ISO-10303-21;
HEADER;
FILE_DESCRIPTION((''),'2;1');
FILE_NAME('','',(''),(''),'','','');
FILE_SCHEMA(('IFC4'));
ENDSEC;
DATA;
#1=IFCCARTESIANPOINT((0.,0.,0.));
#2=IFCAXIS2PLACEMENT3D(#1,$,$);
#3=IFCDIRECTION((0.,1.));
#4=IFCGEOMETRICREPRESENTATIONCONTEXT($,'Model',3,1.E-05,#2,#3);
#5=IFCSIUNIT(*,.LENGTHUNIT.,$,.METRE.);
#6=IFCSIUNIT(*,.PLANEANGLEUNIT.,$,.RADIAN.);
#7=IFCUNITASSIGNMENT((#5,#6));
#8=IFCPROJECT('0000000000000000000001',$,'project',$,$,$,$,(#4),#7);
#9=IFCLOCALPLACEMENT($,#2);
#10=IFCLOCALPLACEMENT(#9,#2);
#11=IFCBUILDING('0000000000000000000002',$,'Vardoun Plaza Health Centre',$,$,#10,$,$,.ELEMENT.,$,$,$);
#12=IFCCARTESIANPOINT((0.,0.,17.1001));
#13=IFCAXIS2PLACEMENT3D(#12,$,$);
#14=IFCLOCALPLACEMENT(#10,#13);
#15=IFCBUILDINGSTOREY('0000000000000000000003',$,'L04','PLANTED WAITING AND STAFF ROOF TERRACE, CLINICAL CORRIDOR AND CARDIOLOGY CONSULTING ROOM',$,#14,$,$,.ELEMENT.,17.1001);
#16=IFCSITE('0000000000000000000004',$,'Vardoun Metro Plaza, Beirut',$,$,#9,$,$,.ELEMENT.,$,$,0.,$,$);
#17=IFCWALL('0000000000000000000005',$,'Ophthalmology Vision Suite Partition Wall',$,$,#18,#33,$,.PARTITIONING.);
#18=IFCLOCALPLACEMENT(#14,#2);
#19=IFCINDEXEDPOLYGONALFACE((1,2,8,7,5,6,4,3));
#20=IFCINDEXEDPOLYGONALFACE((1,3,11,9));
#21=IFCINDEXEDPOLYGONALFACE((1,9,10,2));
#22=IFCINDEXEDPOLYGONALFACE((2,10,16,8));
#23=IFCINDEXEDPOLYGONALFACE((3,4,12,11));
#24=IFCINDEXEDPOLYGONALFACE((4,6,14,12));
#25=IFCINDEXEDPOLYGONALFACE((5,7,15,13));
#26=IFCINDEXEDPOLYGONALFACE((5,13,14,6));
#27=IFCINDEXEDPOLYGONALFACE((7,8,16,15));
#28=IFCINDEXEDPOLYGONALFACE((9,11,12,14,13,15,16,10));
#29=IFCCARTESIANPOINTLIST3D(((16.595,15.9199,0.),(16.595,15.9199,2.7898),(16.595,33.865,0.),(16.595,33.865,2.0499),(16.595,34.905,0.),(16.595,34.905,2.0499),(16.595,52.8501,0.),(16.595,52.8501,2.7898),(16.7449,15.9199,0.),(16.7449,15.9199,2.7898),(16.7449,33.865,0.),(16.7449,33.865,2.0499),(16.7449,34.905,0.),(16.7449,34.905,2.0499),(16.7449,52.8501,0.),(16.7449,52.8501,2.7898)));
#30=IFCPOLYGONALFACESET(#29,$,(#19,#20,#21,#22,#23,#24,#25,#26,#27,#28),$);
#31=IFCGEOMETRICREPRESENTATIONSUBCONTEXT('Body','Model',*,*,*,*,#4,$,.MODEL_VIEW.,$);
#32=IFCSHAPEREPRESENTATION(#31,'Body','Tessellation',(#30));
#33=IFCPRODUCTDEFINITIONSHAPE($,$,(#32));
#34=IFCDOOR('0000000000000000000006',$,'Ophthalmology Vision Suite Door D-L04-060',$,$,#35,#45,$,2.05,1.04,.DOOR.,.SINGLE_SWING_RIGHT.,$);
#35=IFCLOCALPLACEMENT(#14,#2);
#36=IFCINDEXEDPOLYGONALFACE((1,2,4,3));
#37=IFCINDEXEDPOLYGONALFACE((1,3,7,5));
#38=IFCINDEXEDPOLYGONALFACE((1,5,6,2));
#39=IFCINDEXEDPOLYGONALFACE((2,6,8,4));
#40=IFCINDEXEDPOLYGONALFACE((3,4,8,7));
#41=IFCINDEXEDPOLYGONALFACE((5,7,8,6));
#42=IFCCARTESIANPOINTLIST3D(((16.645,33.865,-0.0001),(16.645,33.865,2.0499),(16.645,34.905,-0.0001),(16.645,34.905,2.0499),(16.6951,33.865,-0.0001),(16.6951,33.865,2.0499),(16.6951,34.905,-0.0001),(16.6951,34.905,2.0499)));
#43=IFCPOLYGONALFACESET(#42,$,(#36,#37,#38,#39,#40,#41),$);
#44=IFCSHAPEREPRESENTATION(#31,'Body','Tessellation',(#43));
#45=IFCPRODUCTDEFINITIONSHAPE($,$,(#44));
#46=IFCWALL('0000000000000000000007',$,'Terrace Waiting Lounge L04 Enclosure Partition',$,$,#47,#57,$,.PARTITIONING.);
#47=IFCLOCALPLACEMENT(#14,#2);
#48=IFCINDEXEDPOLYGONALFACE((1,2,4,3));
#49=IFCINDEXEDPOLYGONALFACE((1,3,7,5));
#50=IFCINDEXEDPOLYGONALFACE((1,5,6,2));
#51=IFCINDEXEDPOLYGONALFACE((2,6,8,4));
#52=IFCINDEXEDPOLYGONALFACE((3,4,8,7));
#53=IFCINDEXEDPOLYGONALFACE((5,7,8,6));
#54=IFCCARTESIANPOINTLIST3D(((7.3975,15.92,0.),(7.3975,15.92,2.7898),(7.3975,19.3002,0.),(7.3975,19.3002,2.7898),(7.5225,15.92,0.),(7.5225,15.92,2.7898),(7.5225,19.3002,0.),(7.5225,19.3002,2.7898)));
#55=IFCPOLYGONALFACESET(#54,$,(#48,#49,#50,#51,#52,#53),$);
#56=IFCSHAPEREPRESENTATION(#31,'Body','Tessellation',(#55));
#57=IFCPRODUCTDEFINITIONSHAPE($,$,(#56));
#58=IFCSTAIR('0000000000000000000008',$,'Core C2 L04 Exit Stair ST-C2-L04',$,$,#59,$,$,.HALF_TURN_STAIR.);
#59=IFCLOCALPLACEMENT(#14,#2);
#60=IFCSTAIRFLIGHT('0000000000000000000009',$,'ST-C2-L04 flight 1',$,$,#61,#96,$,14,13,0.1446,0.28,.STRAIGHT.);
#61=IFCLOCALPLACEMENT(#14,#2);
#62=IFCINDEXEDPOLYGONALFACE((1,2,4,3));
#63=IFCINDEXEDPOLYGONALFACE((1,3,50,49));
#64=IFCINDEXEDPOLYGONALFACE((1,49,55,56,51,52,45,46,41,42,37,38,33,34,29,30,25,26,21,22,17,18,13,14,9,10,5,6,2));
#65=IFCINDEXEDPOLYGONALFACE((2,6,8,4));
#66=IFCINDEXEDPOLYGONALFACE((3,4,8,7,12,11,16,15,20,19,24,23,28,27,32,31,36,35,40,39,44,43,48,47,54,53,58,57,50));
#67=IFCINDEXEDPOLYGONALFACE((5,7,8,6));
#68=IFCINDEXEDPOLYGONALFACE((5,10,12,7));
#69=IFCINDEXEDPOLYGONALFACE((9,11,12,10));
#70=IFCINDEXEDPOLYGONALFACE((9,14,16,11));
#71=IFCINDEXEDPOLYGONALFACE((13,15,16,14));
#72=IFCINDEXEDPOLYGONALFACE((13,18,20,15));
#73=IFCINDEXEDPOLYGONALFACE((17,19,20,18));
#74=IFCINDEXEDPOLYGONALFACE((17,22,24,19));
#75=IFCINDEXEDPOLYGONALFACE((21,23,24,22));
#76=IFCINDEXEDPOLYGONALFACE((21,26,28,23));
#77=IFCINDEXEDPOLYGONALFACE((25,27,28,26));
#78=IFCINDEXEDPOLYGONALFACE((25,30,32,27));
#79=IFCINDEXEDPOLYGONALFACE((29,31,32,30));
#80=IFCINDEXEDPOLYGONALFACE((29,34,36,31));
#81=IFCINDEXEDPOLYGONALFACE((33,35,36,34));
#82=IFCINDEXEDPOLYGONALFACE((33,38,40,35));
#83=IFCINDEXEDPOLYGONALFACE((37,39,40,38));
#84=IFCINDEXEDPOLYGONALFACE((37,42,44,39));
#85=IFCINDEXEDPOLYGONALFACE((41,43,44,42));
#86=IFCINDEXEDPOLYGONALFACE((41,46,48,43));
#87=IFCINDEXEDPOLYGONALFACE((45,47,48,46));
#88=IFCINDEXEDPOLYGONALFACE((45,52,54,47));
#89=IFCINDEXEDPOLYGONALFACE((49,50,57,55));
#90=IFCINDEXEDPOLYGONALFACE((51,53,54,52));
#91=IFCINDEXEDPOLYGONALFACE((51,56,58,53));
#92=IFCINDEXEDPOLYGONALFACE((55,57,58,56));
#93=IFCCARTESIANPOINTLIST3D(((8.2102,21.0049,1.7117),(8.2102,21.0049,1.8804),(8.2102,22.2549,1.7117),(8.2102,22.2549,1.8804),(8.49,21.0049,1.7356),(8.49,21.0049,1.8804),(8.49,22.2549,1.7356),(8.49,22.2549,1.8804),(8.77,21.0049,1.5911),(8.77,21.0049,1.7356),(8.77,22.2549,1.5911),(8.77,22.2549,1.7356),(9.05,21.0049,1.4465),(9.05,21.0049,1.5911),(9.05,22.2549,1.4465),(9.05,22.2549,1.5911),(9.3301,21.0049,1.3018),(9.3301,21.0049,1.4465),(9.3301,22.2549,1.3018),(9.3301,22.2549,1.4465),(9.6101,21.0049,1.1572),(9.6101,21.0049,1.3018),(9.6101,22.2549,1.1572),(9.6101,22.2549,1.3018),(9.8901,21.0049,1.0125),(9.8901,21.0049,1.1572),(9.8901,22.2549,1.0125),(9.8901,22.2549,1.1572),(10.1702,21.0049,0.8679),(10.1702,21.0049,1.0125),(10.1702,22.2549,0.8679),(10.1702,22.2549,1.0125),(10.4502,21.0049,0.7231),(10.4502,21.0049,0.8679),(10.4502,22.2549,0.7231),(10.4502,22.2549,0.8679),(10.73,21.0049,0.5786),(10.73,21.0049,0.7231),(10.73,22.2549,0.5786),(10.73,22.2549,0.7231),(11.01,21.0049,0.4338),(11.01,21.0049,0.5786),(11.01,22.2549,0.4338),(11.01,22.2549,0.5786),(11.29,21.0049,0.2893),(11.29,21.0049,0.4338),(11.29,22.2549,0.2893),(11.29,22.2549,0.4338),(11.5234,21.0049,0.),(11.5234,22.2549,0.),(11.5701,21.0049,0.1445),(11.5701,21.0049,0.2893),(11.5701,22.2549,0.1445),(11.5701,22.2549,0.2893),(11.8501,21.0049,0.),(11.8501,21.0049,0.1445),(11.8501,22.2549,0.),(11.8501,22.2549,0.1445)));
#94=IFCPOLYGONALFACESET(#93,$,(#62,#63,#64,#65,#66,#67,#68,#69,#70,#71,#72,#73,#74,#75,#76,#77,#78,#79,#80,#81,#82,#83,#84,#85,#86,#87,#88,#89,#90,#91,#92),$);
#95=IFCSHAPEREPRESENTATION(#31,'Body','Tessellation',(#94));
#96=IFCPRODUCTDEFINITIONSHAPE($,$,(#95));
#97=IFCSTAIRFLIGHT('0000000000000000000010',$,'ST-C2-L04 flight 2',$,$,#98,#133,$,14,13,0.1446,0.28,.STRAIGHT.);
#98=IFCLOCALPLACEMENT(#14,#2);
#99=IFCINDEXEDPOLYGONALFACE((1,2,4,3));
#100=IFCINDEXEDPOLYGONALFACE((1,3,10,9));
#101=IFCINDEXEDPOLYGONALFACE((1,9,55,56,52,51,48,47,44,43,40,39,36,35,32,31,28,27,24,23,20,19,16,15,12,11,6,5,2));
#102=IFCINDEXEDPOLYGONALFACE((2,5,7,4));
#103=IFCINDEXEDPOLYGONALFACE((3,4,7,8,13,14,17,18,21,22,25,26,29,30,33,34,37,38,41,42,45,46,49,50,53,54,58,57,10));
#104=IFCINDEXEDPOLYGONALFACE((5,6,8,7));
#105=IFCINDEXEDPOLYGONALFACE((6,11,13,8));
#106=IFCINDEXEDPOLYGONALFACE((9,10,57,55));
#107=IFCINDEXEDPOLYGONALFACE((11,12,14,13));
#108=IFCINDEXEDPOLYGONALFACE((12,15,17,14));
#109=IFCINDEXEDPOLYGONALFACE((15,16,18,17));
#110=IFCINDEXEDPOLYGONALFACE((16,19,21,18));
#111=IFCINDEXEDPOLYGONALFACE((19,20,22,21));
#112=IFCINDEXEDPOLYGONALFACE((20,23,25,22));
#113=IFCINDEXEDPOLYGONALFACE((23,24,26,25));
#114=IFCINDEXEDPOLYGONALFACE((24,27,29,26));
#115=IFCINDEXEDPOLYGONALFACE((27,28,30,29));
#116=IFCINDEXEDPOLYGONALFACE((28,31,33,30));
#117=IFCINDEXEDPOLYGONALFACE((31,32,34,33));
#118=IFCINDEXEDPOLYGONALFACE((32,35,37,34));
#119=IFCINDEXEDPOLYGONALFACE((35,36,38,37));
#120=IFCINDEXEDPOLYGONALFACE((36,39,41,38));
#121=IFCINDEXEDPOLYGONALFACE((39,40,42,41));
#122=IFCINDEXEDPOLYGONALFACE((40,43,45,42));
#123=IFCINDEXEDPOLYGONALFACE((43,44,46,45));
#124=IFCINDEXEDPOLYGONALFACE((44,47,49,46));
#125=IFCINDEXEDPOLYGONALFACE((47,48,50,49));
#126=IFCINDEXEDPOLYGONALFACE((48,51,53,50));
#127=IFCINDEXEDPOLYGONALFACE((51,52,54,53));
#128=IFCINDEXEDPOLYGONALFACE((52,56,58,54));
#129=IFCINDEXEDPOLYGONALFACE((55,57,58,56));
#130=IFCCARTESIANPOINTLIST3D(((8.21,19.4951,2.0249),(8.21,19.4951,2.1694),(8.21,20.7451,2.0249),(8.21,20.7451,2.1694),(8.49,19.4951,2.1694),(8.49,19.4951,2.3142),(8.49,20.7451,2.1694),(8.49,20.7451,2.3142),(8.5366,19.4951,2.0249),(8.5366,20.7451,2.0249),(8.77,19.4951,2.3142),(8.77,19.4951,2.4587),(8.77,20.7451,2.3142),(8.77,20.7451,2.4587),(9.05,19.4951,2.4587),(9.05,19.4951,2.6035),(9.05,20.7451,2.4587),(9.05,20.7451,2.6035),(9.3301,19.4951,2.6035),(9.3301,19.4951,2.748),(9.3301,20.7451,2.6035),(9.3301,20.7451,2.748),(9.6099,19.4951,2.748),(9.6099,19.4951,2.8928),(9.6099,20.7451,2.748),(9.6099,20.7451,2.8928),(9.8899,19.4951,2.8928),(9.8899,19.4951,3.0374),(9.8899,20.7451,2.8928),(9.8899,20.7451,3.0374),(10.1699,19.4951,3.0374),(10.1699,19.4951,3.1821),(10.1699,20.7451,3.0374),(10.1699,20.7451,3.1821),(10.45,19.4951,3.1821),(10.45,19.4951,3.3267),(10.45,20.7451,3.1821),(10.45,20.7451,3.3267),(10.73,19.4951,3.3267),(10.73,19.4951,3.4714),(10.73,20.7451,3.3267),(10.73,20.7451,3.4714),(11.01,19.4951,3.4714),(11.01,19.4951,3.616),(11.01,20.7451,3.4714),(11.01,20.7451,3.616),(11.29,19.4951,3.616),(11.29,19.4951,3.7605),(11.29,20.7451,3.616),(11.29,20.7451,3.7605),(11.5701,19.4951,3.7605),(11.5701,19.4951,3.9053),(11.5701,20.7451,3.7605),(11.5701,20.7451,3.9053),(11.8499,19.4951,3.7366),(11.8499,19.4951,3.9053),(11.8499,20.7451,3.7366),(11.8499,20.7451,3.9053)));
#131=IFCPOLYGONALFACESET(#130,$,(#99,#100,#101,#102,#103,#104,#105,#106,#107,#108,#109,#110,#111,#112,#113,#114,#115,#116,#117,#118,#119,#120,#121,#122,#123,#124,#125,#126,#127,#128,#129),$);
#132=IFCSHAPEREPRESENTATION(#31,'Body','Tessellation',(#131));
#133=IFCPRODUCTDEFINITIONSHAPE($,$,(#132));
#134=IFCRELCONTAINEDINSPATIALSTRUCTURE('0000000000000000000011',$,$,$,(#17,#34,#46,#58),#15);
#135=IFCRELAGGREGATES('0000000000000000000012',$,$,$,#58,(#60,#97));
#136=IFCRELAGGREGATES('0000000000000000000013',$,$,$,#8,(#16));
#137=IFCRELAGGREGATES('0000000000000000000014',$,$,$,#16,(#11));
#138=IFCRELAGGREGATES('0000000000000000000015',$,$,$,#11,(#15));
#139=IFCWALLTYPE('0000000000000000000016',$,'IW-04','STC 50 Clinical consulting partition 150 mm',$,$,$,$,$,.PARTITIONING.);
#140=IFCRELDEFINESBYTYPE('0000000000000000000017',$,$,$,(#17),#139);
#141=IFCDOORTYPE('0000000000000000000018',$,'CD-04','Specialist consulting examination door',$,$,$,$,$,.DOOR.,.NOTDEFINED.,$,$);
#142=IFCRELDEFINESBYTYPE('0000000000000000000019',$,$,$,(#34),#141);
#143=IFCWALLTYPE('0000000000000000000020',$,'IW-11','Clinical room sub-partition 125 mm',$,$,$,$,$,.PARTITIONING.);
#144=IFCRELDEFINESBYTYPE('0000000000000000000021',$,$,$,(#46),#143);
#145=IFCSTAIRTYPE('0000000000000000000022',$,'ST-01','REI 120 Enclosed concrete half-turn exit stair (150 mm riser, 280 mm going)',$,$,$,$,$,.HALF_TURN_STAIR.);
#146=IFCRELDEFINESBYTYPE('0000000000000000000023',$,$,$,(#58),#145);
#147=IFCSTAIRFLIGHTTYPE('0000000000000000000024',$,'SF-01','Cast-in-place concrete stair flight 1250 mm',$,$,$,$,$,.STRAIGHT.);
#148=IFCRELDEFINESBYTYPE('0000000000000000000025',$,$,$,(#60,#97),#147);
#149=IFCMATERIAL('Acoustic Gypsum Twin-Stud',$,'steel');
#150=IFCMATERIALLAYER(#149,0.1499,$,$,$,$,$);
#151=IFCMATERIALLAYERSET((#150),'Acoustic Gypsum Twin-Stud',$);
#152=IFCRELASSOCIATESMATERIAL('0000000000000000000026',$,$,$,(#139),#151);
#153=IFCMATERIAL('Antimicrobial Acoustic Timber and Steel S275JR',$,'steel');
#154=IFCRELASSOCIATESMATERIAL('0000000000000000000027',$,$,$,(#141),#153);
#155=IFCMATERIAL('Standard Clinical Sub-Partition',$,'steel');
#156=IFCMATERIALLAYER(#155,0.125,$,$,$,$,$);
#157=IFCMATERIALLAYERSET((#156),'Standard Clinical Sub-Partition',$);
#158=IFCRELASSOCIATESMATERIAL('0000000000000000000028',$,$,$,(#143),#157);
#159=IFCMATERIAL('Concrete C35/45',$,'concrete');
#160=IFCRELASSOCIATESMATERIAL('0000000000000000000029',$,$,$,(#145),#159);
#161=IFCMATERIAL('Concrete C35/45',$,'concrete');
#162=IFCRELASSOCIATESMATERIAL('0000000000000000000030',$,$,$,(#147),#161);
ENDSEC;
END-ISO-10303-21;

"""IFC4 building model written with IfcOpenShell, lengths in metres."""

from ifc_helpers import new_model, si_unit, direction, frame, frame_2d, origin, place, context, subcontext, project, spatial, polyline, rectangle, outline, extrude, material, layer, layer_set, type_object, element, fill, aggregate, save


model = new_model("IFC4")

# Units and contexts
model_context = context("Model", 3, precision=1e-05, world=origin(), true_north=direction((0.0, 1.0)))
body_context = subcontext(model_context, "Body", "Model", "MODEL_VIEW")
ifc_project = project(units=[si_unit("LENGTHUNIT", "METRE"), si_unit("PLANEANGLEUNIT", "RADIAN")], contexts=[model_context])

# Site, building, storey
site_placement = place(None, origin())
site = spatial("IfcSite", under=ifc_project, at=site_placement, Name="Vardoun Metro Plaza, Beirut", CompositionType="ELEMENT", RefElevation=0.0)
building_placement = place(site_placement, origin())
building = spatial("IfcBuilding", under=site, at=building_placement, Name="Vardoun Plaza Health Centre", CompositionType="ELEMENT")
storey_placement = place(building_placement, frame((0.0, 0.0, 17.1001)))
storey = spatial("IfcBuildingStorey", under=building, at=storey_placement, Name="L04", Description="PLANTED WAITING AND STAFF ROOF TERRACE, CLINICAL CORRIDOR AND CARDIOLOGY CONSULTING ROOM", CompositionType="ELEMENT", Elevation=17.1001)

# Wall, opening, door
ifc_material_1 = material(Name="Acoustic Gypsum Twin-Stud", Category="steel")
ifc_layer_1 = layer(ifc_material_1, 0.1499)
ifc_layer_set_1 = layer_set([ifc_layer_1], Name="Acoustic Gypsum Twin-Stud")
wall_type_1 = type_object("IfcWallType", Name="IW-04", Description="STC 50 Clinical consulting partition 150 mm", PredefinedType="PARTITIONING", material=ifc_layer_set_1)
wall_1_placement = place(storey_placement, frame((16.6699, 15.9199, 0.0), z_axis=(0.0, 0.0, 1.0), x_axis=(0.0, 1.0, 0.0)))
wall_1 = element("IfcWall", 1, at=wall_1_placement, inside=storey, type_object=wall_type_1, Name="Ophthalmology Vision Suite Partition Wall", PredefinedType="PARTITIONING", context=body_context, shape_type="SweptSolid", body=[
    extrude(rectangle(XDim=36.9302, YDim=0.1499, at=frame_2d((18.4651, 0.0))), origin(), (0.0, 0.0, 1.0), 2.7898),
])
opening_1_placement = place(wall_1_placement, frame((17.9451, 0.0, 0.0)))
opening_1 = element("IfcOpeningElement", 2, at=opening_1_placement, cuts=wall_1, PredefinedType="OPENING", context=body_context, shape_type="SweptSolid", body=[
    extrude(rectangle(XDim=1.04, YDim=2.05, at=frame_2d((0.52, 1.0249))), frame((0.0, 0.075, 0.0), z_axis=(0.0, -1.0, 0.0), x_axis=(1.0, 0.0, 0.0)), (0.0, 0.0, 1.0), 0.1499),
])
ifc_material_2 = material(Name="Antimicrobial Acoustic Timber and Steel S275JR", Category="steel")
door_type_1 = type_object("IfcDoorType", Name="CD-04", Description="Specialist consulting examination door", OperationType="NOTDEFINED", PredefinedType="DOOR", material=ifc_material_2)
door_1_placement = place(opening_1_placement, origin())
door_1 = element("IfcDoor", 3, at=door_1_placement, inside=storey, type_object=door_type_1, Name="Ophthalmology Vision Suite Door D-L04-060", OperationType="SINGLE_SWING_RIGHT", OverallHeight=2.05, OverallWidth=1.04, PredefinedType="DOOR", context=body_context, shape_type="SweptSolid", body=[
    extrude(rectangle(XDim=1.04, YDim=2.05, at=frame_2d((0.52, 1.0249))), frame((0.0, 0.0249, 0.0), z_axis=(0.0, -1.0, 0.0), x_axis=(1.0, 0.0, 0.0)), (0.0, 0.0, 1.0), 0.05),
])
fill(opening_1, door_1)

# Wall
ifc_material_3 = material(Name="Standard Clinical Sub-Partition", Category="steel")
ifc_layer_2 = layer(ifc_material_3, 0.125)
ifc_layer_set_2 = layer_set([ifc_layer_2], Name="Standard Clinical Sub-Partition")
wall_type_2 = type_object("IfcWallType", Name="IW-11", Description="Clinical room sub-partition 125 mm", PredefinedType="PARTITIONING", material=ifc_layer_set_2)
wall_2_placement = place(storey_placement, frame((7.46, 19.3, 0.0), z_axis=(0.0, 0.0, 1.0), x_axis=(0.0, -1.0, 0.0)))
element("IfcWall", 4, at=wall_2_placement, inside=storey, type_object=wall_type_2, Name="Terrace Waiting Lounge L04 Enclosure Partition", PredefinedType="PARTITIONING", context=body_context, shape_type="SweptSolid", body=[
    extrude(rectangle(XDim=3.3801, YDim=0.125, at=frame_2d((1.6899, 0.0))), origin(), (0.0, 0.0, 1.0), 2.7898),
])

# Stair, stair flights
ifc_material_4 = material(Name="Concrete C35/45", Category="concrete")
stair_type = type_object("IfcStairType", Name="ST-01", Description="REI 120 Enclosed concrete half-turn exit stair (150 mm riser, 280 mm going)", PredefinedType="HALF_TURN_STAIR", material=ifc_material_4)
stair_placement = place(storey_placement, origin())
stair = element("IfcStair", 5, at=stair_placement, inside=storey, type_object=stair_type, Name="Core C2 L04 Exit Stair ST-C2-L04", PredefinedType="HALF_TURN_STAIR")
ifc_material_5 = material(Name="Concrete C35/45", Category="concrete")
stair_flight_type = type_object("IfcStairFlightType", Name="SF-01", Description="Cast-in-place concrete stair flight 1250 mm", PredefinedType="STRAIGHT", material=ifc_material_5)
stair_flight_1_placement = place(storey_placement, frame((11.8501, 21.6299, 0.0), z_axis=(0.0, 0.0, 1.0), x_axis=(-1.0, 0.0, 0.0)))
stair_flight_1 = element("IfcStairFlight", 6, at=stair_flight_1_placement, type_object=stair_flight_type, Name="ST-C2-L04 flight 1", NumberOfRisers=14, NumberOfTreads=13, PredefinedType="STRAIGHT", RiserHeight=0.1446, TreadLength=0.28, context=body_context, shape_type="SweptSolid", body=[
    extrude(outline(polyline([(0.0, 0.0), (0.0, 0.1445), (0.28, 0.1445), (0.28, 0.2893), (0.5601, 0.2893), (0.5601, 0.4338), (0.8401, 0.4338), (0.8401, 0.5786), (1.1201, 0.5786), (1.1201, 0.7231), (1.3999, 0.7231), (1.3999, 0.8679), (1.6799, 0.8679), (1.6799, 1.0125), (1.96, 1.0125), (1.96, 1.1572), (2.24, 1.1572), (2.24, 1.3018), (2.52, 1.3018), (2.52, 1.4465), (2.8, 1.4465), (2.8, 1.5911), (3.0801, 1.5911), (3.0801, 1.7356), (3.3601, 1.7356), (3.3601, 1.8804), (3.6399, 1.8804), (3.6399, 2.0249), (3.6399, 1.7117), (0.3267, 0.0), (0.0, 0.0)])), frame((0.0, 0.625, 0.0), z_axis=(0.0, -1.0, 0.0), x_axis=(1.0, 0.0, 0.0)), (0.0, 0.0, 1.0), 1.25),
])
stair_flight_2_placement = place(storey_placement, frame((8.21, 20.1201, 2.0249), z_axis=(0.0, 0.0, 1.0), x_axis=(1.0, 0.0, 0.0)))
stair_flight_2 = element("IfcStairFlight", 7, at=stair_flight_2_placement, type_object=stair_flight_type, Name="ST-C2-L04 flight 2", NumberOfRisers=14, NumberOfTreads=13, PredefinedType="STRAIGHT", RiserHeight=0.1446, TreadLength=0.28, context=body_context, shape_type="SweptSolid", body=[
    extrude(outline(polyline([(0.0, 0.0), (0.0, 0.1445), (0.28, 0.1445), (0.28, 0.2893), (0.5601, 0.2893), (0.5601, 0.4338), (0.8401, 0.4338), (0.8401, 0.5786), (1.1201, 0.5786), (1.1201, 0.7231), (1.3999, 0.7231), (1.3999, 0.8679), (1.6799, 0.8679), (1.6799, 1.0125), (1.96, 1.0125), (1.96, 1.1572), (2.24, 1.1572), (2.24, 1.3018), (2.52, 1.3018), (2.52, 1.4465), (2.8, 1.4465), (2.8, 1.5911), (3.0801, 1.5911), (3.0801, 1.7356), (3.3601, 1.7356), (3.3601, 1.8804), (3.6399, 1.8804), (3.6399, 2.0249), (3.6399, 1.7117), (0.3267, 0.0), (0.0, 0.0)])), frame((0.0, 0.625, 0.0), z_axis=(0.0, -1.0, 0.0), x_axis=(1.0, 0.0, 0.0)), (0.0, 0.0, 1.0), 1.25),
])
aggregate(stair, [stair_flight_1, stair_flight_2])

save(model, "model.ifc")
